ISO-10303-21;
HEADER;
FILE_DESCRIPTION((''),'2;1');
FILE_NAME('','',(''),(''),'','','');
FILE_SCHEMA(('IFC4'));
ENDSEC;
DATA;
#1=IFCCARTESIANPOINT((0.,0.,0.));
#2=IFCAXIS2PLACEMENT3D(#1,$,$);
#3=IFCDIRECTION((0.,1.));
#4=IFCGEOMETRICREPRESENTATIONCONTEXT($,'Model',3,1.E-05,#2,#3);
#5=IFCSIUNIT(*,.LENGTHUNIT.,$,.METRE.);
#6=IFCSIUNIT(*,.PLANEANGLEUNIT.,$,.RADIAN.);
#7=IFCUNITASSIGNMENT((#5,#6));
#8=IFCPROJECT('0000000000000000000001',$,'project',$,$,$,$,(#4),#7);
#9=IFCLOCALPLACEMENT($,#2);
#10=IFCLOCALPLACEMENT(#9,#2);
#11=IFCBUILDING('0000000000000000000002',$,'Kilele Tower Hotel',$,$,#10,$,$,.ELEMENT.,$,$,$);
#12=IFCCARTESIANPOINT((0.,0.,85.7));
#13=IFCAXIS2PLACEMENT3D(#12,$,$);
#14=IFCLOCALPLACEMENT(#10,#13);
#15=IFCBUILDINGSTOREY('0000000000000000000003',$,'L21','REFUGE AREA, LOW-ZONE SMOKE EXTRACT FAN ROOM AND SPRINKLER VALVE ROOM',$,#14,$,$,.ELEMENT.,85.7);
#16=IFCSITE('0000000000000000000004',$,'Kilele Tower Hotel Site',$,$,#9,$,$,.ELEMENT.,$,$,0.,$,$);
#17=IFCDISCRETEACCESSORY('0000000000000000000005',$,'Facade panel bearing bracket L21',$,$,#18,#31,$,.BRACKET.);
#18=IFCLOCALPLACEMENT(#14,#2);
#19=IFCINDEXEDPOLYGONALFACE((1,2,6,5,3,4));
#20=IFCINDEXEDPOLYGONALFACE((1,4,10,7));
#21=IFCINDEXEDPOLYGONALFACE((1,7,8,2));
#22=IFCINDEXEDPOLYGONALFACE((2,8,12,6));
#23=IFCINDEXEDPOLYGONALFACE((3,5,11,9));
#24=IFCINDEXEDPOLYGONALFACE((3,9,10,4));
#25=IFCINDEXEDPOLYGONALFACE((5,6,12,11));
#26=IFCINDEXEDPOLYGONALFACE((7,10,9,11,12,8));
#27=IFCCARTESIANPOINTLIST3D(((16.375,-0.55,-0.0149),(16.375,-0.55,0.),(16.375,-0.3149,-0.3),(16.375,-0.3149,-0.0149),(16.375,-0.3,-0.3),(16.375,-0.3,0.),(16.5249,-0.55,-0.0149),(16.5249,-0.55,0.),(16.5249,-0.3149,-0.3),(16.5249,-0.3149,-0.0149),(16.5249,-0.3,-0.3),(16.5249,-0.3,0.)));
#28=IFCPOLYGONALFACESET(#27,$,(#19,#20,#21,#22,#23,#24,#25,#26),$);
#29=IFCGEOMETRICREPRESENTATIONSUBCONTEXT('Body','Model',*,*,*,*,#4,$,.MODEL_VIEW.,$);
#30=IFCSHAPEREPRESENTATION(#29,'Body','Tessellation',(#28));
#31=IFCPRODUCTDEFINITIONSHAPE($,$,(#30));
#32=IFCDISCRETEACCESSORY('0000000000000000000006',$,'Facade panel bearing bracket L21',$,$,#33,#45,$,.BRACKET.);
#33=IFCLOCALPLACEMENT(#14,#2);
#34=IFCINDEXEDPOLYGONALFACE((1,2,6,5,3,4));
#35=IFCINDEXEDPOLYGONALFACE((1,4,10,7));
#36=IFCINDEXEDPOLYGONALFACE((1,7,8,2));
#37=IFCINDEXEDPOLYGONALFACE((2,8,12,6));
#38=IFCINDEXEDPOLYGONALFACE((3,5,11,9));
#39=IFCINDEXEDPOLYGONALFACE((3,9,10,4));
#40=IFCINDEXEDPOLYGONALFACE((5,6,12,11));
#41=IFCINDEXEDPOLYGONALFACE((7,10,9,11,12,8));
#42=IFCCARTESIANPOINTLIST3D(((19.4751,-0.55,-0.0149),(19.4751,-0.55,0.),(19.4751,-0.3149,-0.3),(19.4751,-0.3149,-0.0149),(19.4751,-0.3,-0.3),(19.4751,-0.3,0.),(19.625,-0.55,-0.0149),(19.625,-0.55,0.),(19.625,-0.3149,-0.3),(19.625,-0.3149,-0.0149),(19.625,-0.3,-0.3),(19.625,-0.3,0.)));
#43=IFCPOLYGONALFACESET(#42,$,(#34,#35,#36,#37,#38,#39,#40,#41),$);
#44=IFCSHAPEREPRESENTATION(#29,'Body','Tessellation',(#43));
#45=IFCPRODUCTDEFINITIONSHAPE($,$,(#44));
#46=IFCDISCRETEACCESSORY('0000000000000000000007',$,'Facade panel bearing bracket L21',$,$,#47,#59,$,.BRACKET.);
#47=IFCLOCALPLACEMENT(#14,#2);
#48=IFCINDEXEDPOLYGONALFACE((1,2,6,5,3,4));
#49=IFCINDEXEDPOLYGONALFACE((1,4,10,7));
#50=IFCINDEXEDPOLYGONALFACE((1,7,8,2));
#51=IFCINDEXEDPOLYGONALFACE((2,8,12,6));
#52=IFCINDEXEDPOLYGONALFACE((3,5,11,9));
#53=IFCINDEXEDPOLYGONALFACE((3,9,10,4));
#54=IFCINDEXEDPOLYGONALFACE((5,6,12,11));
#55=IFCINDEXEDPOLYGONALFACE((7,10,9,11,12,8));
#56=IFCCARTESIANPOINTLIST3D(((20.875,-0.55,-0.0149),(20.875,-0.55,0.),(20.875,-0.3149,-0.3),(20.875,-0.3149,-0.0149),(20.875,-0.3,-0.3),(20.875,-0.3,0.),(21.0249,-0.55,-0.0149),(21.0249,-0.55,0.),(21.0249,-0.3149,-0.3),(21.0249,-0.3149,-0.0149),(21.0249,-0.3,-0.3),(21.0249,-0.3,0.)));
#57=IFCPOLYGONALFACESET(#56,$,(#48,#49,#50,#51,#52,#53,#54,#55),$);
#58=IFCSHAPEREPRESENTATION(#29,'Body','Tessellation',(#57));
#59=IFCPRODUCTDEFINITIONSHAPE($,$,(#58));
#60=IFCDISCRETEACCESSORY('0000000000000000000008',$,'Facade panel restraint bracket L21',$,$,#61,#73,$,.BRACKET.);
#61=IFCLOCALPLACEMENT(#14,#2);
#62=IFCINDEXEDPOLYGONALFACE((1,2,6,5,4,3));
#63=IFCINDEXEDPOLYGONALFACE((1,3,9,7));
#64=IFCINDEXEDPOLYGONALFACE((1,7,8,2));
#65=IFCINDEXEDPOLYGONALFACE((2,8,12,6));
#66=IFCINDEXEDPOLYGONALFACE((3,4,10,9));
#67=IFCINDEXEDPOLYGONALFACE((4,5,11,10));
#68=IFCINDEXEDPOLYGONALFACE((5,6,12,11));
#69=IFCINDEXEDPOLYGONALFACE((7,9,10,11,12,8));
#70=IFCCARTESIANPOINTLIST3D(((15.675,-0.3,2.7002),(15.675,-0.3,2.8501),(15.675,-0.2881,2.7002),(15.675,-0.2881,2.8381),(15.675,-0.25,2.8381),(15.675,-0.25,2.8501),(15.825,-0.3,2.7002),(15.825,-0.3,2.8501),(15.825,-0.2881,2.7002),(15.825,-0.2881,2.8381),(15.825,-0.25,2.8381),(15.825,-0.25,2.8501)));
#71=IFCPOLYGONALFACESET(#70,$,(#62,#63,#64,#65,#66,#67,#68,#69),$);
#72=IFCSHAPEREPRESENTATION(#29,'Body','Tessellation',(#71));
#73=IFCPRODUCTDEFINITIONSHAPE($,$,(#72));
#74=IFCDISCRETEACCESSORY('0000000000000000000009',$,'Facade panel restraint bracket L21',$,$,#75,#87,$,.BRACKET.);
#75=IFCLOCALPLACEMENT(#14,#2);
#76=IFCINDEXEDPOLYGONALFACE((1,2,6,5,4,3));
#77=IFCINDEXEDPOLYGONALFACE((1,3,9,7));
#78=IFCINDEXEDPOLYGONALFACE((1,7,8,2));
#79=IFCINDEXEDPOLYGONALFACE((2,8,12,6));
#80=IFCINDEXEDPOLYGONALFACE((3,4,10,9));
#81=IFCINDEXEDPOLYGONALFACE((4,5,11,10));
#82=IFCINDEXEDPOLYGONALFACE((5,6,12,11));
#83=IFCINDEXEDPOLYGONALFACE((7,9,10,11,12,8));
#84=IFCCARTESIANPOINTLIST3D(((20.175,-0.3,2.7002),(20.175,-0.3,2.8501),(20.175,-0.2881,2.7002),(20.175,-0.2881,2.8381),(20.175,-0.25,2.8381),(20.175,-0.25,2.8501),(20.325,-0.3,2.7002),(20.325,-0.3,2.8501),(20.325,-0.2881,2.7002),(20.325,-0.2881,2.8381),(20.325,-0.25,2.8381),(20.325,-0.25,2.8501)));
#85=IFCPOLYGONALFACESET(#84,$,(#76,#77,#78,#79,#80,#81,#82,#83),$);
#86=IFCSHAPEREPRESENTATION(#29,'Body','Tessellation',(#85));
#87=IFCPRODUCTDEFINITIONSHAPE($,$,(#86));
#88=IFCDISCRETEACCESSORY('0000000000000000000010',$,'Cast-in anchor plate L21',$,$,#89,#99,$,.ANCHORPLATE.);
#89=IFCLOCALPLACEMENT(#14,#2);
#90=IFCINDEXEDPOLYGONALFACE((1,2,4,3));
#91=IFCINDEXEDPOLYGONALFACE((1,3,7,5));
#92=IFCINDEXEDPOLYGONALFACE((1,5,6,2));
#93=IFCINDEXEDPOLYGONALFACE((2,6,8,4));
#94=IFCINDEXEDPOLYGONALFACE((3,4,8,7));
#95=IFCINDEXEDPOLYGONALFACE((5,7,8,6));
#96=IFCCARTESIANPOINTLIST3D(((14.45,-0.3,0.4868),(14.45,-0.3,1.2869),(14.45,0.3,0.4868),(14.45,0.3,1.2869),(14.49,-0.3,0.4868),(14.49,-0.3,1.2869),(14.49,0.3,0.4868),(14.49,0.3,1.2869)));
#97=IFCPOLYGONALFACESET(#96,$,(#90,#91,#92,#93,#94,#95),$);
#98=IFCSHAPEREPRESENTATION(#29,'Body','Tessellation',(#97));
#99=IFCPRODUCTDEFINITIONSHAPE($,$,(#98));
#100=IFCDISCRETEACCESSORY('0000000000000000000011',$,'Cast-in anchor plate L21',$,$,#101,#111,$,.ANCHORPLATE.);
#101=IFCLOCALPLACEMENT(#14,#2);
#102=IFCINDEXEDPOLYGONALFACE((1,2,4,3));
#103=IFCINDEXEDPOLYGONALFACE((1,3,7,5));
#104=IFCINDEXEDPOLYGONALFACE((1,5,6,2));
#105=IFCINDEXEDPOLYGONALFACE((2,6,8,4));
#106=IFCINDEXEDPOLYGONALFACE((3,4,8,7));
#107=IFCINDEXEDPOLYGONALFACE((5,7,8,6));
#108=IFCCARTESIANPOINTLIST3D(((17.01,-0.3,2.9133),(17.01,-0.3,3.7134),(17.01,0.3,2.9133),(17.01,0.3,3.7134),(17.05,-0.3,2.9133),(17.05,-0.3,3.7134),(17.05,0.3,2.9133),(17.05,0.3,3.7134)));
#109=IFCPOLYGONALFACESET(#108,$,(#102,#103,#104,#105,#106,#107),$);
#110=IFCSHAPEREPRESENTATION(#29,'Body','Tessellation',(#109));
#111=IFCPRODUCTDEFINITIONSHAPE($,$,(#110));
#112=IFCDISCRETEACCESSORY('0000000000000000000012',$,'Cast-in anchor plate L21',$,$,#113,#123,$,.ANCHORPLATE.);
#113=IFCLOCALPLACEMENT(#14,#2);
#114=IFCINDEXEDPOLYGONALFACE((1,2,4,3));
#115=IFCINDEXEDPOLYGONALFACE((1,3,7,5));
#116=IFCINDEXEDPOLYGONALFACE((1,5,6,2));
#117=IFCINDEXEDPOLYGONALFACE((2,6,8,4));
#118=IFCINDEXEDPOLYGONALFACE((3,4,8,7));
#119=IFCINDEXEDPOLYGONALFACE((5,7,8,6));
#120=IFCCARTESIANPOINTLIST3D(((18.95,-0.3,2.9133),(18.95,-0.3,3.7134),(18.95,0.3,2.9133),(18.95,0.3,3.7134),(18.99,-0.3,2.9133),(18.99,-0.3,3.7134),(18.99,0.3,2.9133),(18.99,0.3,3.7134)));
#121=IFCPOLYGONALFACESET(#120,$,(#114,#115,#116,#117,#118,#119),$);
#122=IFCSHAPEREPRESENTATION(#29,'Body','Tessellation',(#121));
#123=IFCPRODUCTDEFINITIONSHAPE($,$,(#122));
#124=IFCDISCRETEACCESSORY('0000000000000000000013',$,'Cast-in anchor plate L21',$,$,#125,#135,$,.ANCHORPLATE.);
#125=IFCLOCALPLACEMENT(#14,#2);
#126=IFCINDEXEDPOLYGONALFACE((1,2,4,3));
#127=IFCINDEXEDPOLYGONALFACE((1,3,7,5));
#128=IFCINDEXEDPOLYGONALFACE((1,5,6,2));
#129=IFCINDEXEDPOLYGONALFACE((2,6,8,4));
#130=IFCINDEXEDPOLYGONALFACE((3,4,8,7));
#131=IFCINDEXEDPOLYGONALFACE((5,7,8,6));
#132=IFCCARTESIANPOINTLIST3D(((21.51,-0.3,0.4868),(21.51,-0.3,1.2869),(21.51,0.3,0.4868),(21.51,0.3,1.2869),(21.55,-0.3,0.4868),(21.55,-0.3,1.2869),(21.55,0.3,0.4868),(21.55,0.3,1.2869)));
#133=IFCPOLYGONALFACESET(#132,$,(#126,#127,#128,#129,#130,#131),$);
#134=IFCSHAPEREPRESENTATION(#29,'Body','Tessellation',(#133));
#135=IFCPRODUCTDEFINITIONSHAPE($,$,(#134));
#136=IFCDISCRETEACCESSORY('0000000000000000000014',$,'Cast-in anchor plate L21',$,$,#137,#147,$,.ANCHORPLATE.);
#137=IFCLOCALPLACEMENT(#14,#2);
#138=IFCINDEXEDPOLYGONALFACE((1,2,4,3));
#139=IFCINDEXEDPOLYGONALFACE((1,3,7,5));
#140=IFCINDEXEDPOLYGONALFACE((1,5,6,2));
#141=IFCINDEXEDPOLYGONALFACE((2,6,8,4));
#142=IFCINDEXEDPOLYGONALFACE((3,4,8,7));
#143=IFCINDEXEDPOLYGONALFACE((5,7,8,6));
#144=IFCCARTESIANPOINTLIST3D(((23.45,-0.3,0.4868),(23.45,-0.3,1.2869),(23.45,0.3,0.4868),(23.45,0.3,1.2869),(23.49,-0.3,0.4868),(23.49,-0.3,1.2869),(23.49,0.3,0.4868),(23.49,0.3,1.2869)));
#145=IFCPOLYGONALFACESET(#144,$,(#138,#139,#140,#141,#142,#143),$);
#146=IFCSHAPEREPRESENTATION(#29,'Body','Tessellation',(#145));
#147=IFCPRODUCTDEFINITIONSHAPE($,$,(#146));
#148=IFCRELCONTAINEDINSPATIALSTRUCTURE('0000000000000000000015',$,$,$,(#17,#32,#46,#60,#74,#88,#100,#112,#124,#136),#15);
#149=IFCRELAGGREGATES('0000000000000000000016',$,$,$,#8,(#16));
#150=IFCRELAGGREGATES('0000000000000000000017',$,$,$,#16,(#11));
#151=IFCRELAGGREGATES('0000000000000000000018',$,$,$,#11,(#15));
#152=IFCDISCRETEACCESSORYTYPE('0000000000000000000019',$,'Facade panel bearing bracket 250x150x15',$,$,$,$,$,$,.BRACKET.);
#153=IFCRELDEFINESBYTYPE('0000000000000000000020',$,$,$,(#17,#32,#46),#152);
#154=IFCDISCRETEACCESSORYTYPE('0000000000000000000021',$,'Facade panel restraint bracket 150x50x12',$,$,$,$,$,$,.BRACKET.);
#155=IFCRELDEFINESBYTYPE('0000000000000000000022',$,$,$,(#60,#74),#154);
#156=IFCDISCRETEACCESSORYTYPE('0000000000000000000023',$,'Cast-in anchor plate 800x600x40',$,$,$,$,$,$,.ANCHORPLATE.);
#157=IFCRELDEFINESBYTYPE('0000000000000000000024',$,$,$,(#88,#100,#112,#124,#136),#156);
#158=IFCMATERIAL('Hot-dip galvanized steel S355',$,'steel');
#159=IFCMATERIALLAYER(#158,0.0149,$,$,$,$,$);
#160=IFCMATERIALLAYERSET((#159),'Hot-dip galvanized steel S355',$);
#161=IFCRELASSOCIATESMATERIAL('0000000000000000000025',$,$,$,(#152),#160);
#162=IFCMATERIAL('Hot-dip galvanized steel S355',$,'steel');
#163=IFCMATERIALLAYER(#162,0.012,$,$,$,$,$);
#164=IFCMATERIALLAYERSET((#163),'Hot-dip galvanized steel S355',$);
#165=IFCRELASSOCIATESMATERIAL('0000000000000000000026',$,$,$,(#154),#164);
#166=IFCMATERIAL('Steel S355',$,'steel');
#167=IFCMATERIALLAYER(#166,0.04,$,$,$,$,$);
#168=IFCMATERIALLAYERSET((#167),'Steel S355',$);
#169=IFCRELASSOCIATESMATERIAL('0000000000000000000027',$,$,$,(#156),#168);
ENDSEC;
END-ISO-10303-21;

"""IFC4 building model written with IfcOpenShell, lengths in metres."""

from ifc_helpers import new_model, si_unit, direction, frame, origin, place, context, subcontext, project, spatial, polyline, outline, extrude, source, transform, mapped, material, layer, layer_set, type_object, element, save


model = new_model("IFC4")

# Units and contexts
model_context = context("Model", 3, precision=1e-05, world=origin(), true_north=direction((0.0, 1.0)))
body_context = subcontext(model_context, "Body", "Model", "MODEL_VIEW")
ifc_project = project(units=[si_unit("LENGTHUNIT", "METRE"), si_unit("PLANEANGLEUNIT", "RADIAN")], contexts=[model_context])

# Site, building, storey
site_placement = place(None, origin())
site = spatial("IfcSite", under=ifc_project, at=site_placement, Name="Kilele Tower Hotel Site", CompositionType="ELEMENT", RefElevation=0.0)
building_placement = place(site_placement, origin())
building = spatial("IfcBuilding", under=site, at=building_placement, Name="Kilele Tower Hotel", CompositionType="ELEMENT")
storey_placement = place(building_placement, frame((0.0, 0.0, 85.7)))
storey = spatial("IfcBuildingStorey", under=building, at=storey_placement, Name="L21", Description="REFUGE AREA, LOW-ZONE SMOKE EXTRACT FAN ROOM AND SPRINKLER VALVE ROOM", CompositionType="ELEMENT", Elevation=85.7)

# Discrete accessories
ifc_material_1 = material(Name="Hot-dip galvanized steel S355", Category="steel")
ifc_layer_1 = layer(ifc_material_1, 0.0149)
ifc_layer_set_1 = layer_set([ifc_layer_1], Name="Hot-dip galvanized steel S355")
discrete_accessory_type_1 = type_object("IfcDiscreteAccessoryType", Name="Facade panel bearing bracket 250x150x15", PredefinedType="BRACKET", material=ifc_layer_set_1)
shared_shape_1 = source(origin(), body_context, "Body", "SweptSolid", [
    extrude(outline(polyline([(0.0, 0.0), (0.25, 0.0), (0.25, -0.0149), (0.0149, -0.0149), (0.0149, -0.3), (0.0, -0.3), (0.0, 0.0)])), origin(), (0.0, 0.0, 1.0), 0.1499),
])
for number, where, z_axis, x_axis, name in (
    (1, (16.5249, -0.3, 0.0), (-1.0, 0.0, 0.0), (0.0, -1.0, 0.0), "Facade panel bearing bracket L21"),
    (2, (19.625, -0.3, 0.0), (-1.0, 0.0, 0.0), (0.0, -1.0, 0.0), "Facade panel bearing bracket L21"),
    (3, (21.0249, -0.3, 0.0), (-1.0, 0.0, 0.0), (0.0, -1.0, 0.0), "Facade panel bearing bracket L21"),
):
    element("IfcDiscreteAccessory", number, at=place(storey_placement, frame(where, z_axis=z_axis, x_axis=x_axis)), inside=storey, type_object=discrete_accessory_type_1, Name=name, PredefinedType="BRACKET", context=body_context, shape_type="MappedRepresentation", body=[
        mapped(shared_shape_1, transform((0.0, 0.0, 0.0))),
    ])
ifc_material_2 = material(Name="Hot-dip galvanized steel S355", Category="steel")
ifc_layer_2 = layer(ifc_material_2, 0.012)
ifc_layer_set_2 = layer_set([ifc_layer_2], Name="Hot-dip galvanized steel S355")
discrete_accessory_type_2 = type_object("IfcDiscreteAccessoryType", Name="Facade panel restraint bracket 150x50x12", PredefinedType="BRACKET", material=ifc_layer_set_2)
shared_shape_2 = source(origin(), body_context, "Body", "SweptSolid", [
    extrude(outline(polyline([(0.0, 0.0), (0.0, -0.1499), (-0.012, -0.1499), (-0.012, -0.012), (-0.05, -0.012), (-0.05, 0.0), (0.0, 0.0)])), origin(), (0.0, 0.0, 1.0), 0.1499),
])
for number, where, z_axis, x_axis, name in (
    (4, (15.825, -0.3, 2.8501), (-1.0, 0.0, 0.0), (0.0, -1.0, 0.0), "Facade panel restraint bracket L21"),
    (5, (20.325, -0.3, 2.8501), (-1.0, 0.0, 0.0), (0.0, -1.0, 0.0), "Facade panel restraint bracket L21"),
):
    element("IfcDiscreteAccessory", number, at=place(storey_placement, frame(where, z_axis=z_axis, x_axis=x_axis)), inside=storey, type_object=discrete_accessory_type_2, Name=name, PredefinedType="BRACKET", context=body_context, shape_type="MappedRepresentation", body=[
        mapped(shared_shape_2, transform((0.0, 0.0, 0.0))),
    ])
ifc_material_3 = material(Name="Steel S355", Category="steel")
ifc_layer_3 = layer(ifc_material_3, 0.04)
ifc_layer_set_3 = layer_set([ifc_layer_3], Name="Steel S355")
discrete_accessory_type_3 = type_object("IfcDiscreteAccessoryType", Name="Cast-in anchor plate 800x600x40", PredefinedType="ANCHORPLATE", material=ifc_layer_set_3)
shared_shape_3 = source(origin(), body_context, "Body", "SweptSolid", [
    extrude(outline(polyline([(0.0, 0.0), (0.04, 0.0), (0.04, 0.8), (0.0, 0.8), (0.0, 0.0)])), origin(), (0.0, 0.0, 1.0), 0.6001),
])
for number, where, z_axis, x_axis, name in (
    (6, (14.45, 0.3, 0.4868), (0.0, -1.0, 0.0), (1.0, 0.0, 0.0), "Cast-in anchor plate L21"),
    (7, (17.05, -0.3, 2.9133), (0.0, 1.0, 0.0), (-1.0, 0.0, 0.0), "Cast-in anchor plate L21"),
    (8, (18.95, 0.3, 2.9133), (0.0, -1.0, 0.0), (1.0, 0.0, 0.0), "Cast-in anchor plate L21"),
    (9, (21.55, -0.3, 0.4868), (0.0, 1.0, 0.0), (-1.0, 0.0, 0.0), "Cast-in anchor plate L21"),
    (10, (23.45, 0.3, 0.4868), (0.0, -1.0, 0.0), (1.0, 0.0, 0.0), "Cast-in anchor plate L21"),
):
    element("IfcDiscreteAccessory", number, at=place(storey_placement, frame(where, z_axis=z_axis, x_axis=x_axis)), inside=storey, type_object=discrete_accessory_type_3, Name=name, PredefinedType="ANCHORPLATE", context=body_context, shape_type="MappedRepresentation", body=[
        mapped(shared_shape_3, transform((0.0, 0.0, 0.0))),
    ])

save(model, "model.ifc")
